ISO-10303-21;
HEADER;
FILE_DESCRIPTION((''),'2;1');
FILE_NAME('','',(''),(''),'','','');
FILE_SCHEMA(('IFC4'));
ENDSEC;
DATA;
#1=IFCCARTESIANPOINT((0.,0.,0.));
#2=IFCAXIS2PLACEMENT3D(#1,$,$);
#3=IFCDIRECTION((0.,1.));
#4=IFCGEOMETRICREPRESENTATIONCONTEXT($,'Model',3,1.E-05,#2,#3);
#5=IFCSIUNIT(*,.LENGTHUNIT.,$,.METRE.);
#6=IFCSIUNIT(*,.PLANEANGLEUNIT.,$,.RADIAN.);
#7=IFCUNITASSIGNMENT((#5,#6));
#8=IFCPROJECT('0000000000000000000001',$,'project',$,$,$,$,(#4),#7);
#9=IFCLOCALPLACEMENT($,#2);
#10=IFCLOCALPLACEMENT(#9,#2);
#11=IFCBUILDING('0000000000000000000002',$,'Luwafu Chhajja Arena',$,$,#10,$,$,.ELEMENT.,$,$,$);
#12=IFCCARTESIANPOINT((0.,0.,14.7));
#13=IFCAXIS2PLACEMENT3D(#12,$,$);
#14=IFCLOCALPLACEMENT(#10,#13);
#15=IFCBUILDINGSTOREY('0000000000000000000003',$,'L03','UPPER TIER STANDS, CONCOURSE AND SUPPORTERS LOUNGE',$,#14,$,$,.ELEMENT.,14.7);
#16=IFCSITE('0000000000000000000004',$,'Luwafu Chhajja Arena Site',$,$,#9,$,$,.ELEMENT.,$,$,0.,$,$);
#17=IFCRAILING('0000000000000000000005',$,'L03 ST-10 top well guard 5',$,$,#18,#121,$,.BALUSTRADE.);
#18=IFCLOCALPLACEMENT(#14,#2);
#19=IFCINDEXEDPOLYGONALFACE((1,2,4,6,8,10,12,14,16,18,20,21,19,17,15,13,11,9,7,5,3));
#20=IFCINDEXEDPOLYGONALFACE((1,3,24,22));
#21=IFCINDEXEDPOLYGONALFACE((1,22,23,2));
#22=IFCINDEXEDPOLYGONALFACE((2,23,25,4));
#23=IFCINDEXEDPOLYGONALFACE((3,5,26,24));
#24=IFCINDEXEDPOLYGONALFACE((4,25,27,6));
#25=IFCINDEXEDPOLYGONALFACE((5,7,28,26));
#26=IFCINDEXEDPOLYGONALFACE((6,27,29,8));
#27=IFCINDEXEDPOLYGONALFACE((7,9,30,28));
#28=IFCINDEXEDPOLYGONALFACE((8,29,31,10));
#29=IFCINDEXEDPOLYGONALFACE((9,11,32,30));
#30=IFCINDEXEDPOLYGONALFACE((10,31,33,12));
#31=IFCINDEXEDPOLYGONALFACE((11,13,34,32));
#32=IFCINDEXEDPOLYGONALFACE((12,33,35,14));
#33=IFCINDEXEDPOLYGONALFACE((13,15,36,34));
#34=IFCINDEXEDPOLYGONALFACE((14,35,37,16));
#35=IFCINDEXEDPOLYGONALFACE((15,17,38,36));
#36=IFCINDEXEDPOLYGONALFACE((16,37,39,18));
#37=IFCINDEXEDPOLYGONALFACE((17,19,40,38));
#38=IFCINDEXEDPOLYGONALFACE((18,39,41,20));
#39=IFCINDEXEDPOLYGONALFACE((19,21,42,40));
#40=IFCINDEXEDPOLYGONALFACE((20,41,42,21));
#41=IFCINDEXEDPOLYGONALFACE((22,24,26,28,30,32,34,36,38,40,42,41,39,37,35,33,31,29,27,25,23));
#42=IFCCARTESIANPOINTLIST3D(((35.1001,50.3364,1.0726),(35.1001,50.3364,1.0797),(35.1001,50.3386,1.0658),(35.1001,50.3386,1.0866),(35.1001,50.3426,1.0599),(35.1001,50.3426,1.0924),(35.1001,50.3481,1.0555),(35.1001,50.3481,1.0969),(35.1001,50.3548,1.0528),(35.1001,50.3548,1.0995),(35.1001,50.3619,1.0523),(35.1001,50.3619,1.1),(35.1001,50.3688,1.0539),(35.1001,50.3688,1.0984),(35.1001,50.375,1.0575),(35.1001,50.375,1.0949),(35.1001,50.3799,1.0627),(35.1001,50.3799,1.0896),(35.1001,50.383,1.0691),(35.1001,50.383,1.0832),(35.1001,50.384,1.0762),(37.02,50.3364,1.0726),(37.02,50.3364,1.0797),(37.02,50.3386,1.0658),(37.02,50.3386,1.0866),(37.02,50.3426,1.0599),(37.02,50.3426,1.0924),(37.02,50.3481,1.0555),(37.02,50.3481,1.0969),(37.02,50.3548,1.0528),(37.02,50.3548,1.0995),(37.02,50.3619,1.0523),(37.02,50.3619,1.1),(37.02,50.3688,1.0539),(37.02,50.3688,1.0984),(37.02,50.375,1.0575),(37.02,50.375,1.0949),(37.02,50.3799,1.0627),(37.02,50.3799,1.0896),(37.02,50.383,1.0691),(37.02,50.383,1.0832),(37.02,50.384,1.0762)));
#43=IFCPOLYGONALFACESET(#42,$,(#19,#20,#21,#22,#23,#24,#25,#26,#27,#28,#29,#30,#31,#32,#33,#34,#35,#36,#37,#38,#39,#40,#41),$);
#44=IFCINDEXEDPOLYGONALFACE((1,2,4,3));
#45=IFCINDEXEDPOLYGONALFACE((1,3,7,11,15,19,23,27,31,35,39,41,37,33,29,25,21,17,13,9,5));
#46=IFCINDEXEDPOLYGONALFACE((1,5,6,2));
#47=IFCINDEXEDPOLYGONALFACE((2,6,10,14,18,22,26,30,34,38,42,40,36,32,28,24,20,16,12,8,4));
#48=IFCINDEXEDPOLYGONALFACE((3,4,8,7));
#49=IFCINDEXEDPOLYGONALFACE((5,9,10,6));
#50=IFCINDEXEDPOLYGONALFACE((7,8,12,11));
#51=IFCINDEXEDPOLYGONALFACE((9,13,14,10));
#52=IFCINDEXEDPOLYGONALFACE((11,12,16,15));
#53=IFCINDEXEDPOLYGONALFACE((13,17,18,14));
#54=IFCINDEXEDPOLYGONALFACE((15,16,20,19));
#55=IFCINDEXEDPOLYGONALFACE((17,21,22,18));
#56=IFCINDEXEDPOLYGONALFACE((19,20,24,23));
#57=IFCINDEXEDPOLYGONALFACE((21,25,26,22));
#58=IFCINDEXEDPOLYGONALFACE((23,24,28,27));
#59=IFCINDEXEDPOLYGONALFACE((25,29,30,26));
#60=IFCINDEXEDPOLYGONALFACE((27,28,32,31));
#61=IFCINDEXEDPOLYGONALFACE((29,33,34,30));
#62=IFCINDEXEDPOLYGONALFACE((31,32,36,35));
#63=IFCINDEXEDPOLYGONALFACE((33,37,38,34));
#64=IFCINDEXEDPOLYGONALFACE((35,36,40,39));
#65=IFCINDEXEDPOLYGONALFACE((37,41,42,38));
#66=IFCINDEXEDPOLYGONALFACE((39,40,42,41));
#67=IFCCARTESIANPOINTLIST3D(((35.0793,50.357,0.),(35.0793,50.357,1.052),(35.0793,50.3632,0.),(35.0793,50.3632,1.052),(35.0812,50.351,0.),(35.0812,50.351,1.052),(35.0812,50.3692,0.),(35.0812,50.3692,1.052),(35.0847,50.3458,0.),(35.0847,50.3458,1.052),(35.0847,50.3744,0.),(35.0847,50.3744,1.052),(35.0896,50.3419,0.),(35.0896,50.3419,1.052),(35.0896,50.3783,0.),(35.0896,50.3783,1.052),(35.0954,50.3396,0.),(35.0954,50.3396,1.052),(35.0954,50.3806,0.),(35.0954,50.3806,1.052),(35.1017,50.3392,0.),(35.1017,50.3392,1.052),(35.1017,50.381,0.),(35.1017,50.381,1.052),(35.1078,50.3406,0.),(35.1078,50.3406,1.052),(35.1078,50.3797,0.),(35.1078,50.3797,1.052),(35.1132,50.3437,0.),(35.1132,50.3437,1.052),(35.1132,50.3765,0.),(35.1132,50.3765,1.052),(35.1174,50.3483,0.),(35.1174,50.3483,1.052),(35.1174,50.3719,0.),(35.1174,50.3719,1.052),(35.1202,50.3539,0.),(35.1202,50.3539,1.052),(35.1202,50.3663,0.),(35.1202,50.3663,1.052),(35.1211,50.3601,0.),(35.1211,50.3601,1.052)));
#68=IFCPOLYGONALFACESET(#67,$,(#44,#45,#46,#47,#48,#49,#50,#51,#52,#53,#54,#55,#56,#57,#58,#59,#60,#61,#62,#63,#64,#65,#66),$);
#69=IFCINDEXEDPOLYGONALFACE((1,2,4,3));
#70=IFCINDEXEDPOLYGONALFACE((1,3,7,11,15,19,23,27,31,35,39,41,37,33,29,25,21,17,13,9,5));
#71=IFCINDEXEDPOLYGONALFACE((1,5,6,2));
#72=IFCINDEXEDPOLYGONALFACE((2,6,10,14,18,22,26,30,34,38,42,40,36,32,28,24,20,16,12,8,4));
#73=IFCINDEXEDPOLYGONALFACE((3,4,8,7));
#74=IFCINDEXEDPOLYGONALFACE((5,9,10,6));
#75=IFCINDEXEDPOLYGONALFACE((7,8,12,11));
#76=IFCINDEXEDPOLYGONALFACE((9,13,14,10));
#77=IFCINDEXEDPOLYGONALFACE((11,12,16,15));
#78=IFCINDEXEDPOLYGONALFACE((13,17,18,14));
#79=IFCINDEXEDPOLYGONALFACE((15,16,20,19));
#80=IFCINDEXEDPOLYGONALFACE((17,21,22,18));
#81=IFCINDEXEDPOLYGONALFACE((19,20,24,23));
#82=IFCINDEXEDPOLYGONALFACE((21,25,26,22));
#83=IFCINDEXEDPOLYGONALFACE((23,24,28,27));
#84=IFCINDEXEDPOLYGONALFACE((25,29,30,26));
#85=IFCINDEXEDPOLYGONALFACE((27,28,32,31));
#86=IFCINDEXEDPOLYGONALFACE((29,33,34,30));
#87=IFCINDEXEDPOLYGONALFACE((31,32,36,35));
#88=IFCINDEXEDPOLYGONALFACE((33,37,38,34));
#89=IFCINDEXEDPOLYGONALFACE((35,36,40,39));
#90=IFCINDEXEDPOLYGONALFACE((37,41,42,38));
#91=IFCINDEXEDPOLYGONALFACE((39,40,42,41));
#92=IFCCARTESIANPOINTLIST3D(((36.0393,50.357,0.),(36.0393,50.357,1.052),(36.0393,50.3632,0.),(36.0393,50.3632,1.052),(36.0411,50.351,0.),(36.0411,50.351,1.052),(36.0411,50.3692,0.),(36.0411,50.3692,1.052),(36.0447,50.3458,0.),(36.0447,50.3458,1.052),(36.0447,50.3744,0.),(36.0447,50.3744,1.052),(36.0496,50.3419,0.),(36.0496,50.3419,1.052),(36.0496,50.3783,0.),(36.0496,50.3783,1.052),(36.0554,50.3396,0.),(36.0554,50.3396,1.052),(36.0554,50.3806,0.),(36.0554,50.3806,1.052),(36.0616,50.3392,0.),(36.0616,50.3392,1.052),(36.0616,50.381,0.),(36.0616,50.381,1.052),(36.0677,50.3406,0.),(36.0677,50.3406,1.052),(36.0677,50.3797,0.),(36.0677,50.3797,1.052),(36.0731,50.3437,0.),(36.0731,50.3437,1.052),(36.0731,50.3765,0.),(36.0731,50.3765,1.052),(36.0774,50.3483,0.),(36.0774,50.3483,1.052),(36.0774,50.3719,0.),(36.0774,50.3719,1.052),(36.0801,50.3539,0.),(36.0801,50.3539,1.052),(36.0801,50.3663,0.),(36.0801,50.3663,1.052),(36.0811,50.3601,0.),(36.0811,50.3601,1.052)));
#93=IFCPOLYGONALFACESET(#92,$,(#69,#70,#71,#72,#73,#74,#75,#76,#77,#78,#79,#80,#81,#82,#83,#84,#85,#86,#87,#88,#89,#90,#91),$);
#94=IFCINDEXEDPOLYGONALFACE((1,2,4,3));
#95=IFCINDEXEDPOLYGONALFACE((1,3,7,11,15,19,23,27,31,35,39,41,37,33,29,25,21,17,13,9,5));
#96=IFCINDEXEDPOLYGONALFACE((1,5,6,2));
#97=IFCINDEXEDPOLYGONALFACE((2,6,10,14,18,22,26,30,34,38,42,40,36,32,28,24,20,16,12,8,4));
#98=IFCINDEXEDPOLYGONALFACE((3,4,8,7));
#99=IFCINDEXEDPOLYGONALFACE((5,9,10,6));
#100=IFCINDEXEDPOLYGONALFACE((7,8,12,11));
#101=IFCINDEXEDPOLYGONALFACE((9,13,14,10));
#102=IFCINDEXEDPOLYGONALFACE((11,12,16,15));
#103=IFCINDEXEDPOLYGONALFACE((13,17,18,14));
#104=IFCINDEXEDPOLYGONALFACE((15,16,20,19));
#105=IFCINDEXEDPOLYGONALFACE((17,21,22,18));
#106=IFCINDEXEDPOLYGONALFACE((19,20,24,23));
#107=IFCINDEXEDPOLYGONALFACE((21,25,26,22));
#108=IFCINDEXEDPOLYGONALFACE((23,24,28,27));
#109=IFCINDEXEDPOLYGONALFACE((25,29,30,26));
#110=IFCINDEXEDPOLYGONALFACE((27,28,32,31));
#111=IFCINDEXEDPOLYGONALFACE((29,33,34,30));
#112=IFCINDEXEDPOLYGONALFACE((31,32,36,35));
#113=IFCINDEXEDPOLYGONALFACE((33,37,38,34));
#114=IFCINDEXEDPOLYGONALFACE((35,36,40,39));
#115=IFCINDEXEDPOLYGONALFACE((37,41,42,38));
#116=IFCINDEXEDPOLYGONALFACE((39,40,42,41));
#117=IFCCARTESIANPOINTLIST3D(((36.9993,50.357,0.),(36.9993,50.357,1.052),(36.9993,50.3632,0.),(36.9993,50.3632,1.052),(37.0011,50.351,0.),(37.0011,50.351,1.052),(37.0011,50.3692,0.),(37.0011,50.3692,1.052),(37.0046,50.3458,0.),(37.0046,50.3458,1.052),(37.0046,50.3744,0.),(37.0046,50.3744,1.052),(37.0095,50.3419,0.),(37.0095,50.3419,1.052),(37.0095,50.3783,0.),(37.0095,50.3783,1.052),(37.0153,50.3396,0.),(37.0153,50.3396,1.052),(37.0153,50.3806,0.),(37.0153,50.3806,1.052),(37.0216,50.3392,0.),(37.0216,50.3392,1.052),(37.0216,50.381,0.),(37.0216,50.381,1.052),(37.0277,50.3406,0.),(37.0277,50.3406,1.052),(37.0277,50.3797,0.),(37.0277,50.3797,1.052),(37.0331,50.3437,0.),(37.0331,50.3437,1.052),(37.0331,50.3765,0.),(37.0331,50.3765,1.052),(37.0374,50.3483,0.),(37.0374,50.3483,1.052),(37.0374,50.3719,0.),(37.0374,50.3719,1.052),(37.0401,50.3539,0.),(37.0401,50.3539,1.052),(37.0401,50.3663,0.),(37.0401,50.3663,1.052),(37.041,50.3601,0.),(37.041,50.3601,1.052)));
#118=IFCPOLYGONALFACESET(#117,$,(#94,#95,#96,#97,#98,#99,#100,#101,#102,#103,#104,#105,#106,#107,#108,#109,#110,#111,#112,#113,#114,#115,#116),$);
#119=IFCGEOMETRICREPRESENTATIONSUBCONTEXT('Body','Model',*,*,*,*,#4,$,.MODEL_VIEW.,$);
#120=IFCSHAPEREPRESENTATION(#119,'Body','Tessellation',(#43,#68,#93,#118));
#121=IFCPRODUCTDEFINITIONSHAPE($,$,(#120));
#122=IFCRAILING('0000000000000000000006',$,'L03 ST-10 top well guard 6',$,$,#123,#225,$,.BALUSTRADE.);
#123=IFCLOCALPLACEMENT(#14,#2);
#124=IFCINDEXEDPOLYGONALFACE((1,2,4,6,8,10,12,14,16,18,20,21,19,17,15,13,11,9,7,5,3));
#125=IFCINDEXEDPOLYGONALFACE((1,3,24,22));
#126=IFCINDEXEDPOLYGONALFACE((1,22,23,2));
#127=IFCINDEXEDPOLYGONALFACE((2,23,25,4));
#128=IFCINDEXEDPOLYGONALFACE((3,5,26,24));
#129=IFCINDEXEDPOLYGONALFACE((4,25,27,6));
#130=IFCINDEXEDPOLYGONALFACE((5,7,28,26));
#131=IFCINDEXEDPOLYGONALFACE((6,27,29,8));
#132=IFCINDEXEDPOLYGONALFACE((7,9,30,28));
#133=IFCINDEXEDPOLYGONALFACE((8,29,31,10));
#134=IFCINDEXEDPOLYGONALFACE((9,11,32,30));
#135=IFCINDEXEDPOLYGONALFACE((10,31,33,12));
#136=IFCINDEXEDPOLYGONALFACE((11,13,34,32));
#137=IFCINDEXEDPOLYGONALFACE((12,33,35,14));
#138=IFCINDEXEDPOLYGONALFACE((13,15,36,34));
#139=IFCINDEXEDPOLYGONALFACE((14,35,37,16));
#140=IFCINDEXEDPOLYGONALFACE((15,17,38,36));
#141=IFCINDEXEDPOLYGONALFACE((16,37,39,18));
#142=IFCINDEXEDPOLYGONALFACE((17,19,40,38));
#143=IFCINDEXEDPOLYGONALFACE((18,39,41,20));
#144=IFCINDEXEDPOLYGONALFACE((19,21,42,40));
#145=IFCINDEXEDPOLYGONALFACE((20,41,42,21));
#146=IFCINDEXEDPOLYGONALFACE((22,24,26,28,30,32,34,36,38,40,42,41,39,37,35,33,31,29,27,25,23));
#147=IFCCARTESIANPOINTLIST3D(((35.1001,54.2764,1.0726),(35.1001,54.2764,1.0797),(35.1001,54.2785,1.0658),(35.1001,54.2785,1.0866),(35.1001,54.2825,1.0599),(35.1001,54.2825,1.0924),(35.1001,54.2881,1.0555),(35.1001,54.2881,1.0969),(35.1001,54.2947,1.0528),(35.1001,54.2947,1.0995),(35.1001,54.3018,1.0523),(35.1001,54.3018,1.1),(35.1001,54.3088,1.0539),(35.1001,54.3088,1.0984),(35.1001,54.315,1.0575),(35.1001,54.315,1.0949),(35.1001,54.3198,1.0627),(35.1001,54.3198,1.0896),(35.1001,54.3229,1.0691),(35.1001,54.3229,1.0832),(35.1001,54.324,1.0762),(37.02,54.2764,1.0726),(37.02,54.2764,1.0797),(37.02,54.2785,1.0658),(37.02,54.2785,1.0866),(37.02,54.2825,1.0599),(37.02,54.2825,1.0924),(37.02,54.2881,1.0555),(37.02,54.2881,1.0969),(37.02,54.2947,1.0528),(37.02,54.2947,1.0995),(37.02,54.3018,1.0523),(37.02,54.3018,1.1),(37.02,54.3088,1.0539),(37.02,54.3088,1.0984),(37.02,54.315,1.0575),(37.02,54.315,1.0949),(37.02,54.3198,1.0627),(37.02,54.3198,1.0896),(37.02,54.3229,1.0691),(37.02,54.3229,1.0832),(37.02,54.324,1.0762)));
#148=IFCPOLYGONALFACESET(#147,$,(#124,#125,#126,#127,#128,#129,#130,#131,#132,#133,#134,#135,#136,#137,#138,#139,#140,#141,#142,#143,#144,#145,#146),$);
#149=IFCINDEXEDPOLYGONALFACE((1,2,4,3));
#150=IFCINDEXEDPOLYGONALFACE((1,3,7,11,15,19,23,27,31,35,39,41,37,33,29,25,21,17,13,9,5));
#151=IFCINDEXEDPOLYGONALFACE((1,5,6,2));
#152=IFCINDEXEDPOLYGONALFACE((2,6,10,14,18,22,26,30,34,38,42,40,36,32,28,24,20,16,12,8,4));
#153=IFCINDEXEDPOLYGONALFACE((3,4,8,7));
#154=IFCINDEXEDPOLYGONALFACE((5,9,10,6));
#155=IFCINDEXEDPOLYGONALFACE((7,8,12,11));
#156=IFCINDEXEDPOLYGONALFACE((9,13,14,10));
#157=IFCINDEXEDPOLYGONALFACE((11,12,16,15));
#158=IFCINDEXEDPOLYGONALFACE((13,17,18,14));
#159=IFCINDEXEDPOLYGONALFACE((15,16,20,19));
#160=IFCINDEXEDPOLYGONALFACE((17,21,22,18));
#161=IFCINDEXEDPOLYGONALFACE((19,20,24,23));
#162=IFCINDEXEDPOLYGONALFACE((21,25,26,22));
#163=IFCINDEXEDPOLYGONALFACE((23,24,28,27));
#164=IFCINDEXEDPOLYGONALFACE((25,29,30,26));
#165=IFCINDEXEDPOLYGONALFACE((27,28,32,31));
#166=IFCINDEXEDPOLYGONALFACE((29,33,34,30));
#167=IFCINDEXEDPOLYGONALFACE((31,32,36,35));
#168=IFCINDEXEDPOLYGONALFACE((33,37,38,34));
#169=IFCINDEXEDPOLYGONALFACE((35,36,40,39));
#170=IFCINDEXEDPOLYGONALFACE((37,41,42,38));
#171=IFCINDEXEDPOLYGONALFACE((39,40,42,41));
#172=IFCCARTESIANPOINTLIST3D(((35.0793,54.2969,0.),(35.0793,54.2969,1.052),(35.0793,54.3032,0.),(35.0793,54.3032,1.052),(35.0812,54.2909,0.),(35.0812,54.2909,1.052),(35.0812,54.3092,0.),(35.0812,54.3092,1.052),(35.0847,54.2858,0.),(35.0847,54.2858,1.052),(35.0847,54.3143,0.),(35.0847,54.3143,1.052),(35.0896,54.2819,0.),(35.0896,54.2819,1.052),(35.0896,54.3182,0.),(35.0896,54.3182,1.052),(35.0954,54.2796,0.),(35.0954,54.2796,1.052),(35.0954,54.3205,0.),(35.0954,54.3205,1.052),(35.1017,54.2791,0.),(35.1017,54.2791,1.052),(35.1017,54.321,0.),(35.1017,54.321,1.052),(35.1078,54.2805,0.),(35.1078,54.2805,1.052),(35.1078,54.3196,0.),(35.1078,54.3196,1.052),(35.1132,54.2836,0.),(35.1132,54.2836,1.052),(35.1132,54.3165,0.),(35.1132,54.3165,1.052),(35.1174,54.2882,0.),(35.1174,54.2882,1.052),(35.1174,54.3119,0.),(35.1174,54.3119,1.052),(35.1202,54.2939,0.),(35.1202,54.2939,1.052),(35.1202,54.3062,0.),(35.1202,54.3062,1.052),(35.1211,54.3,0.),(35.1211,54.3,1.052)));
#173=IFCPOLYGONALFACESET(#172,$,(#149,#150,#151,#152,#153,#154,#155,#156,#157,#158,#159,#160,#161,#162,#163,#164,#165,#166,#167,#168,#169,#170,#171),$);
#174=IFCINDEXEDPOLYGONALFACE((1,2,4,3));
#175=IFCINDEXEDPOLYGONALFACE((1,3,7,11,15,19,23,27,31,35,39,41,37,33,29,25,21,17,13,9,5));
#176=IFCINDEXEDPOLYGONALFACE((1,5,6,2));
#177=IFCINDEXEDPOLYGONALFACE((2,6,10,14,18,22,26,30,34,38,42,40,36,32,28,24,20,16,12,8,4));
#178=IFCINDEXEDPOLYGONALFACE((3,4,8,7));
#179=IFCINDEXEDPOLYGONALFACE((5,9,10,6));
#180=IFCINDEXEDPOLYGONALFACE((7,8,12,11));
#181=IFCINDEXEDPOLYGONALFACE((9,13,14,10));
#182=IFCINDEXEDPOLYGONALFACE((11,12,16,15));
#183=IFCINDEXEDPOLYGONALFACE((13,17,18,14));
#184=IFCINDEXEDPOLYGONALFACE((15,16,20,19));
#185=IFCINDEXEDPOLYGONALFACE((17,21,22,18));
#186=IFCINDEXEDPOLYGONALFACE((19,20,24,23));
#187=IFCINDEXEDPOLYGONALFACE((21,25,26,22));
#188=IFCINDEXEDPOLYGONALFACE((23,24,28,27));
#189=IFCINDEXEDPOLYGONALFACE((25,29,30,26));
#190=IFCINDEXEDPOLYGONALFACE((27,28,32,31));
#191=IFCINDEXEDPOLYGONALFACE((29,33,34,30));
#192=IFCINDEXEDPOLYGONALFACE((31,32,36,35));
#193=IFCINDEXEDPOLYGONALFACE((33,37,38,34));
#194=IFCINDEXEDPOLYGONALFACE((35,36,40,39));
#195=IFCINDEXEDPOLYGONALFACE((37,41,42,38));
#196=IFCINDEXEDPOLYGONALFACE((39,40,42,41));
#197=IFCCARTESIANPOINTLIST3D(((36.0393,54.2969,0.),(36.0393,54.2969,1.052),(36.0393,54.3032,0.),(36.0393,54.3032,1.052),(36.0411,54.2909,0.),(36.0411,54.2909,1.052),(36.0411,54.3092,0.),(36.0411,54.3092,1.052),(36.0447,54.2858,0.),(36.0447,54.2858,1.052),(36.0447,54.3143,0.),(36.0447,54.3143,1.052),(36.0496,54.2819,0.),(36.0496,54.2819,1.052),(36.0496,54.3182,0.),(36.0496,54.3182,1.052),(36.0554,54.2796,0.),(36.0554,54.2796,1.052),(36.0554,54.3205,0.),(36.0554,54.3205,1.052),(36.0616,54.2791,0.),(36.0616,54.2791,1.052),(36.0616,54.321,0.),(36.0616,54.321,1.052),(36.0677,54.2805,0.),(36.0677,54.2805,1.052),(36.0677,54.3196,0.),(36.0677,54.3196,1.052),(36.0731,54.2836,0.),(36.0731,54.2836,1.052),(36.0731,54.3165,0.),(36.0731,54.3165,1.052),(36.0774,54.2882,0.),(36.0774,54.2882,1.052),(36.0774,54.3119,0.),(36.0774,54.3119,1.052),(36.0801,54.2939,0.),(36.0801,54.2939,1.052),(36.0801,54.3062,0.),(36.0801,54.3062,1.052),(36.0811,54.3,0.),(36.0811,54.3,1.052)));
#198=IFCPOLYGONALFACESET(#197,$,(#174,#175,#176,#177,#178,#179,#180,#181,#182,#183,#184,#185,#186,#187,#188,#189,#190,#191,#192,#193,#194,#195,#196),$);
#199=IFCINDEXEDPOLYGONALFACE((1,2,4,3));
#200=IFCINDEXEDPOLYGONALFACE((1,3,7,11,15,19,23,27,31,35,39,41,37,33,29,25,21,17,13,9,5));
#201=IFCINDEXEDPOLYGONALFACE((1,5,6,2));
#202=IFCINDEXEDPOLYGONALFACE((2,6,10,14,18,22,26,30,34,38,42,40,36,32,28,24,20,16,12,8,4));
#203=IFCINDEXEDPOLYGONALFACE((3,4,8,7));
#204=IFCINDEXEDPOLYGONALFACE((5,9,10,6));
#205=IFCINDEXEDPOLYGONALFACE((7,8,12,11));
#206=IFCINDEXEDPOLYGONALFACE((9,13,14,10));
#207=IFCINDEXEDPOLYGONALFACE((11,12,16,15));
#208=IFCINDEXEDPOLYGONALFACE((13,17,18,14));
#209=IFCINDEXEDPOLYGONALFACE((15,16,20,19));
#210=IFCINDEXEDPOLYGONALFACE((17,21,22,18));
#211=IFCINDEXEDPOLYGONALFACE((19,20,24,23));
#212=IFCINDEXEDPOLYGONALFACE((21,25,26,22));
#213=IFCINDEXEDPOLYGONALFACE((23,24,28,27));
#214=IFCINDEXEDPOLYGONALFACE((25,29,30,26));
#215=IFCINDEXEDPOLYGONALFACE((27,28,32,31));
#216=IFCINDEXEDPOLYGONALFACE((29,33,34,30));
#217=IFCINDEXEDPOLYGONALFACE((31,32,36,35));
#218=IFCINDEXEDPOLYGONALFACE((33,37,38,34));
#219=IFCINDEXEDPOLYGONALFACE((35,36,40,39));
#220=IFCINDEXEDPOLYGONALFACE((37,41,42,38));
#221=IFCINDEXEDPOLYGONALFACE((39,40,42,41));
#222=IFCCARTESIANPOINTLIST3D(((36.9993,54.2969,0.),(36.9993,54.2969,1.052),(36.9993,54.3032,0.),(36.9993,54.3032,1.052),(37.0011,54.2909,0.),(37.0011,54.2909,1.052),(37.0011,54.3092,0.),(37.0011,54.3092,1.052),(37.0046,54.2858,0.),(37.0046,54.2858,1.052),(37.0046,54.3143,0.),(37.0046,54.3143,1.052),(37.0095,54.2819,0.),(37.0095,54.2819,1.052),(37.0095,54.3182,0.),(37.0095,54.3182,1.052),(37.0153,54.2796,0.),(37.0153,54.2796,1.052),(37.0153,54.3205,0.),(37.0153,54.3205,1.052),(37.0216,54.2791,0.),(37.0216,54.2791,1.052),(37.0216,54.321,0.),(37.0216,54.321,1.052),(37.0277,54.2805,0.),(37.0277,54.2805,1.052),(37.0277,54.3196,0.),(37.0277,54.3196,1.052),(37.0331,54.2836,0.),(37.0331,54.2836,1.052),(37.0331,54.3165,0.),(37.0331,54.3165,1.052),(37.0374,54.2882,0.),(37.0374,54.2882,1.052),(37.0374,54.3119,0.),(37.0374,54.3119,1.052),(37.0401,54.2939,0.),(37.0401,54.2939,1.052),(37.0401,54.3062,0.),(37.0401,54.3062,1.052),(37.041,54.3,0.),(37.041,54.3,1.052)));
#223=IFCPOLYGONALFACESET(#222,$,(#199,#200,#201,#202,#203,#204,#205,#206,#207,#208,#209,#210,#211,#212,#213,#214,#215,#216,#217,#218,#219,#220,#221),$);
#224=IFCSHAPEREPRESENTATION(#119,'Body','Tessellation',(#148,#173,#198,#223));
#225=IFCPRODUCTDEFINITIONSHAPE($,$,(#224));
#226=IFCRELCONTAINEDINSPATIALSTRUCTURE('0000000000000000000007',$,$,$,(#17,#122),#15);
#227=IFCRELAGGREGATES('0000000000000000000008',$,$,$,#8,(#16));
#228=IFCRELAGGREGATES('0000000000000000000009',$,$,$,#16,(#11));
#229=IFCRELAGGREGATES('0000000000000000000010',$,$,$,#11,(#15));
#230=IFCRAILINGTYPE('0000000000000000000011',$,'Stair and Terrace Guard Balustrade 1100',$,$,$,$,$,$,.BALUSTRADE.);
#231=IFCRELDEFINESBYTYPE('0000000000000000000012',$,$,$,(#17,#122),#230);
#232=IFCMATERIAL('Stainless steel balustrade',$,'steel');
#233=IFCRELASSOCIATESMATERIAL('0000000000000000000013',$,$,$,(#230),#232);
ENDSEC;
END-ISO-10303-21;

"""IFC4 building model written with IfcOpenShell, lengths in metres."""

from ifc_helpers import new_model, si_unit, direction, frame, origin, origin_2d, place, context, subcontext, project, spatial, circle, extrude, material, type_object, element, save


model = new_model("IFC4")

# Units and contexts
model_context = context("Model", 3, precision=1e-05, world=origin(), true_north=direction((0.0, 1.0)))
body_context = subcontext(model_context, "Body", "Model", "MODEL_VIEW")
ifc_project = project(units=[si_unit("LENGTHUNIT", "METRE"), si_unit("PLANEANGLEUNIT", "RADIAN")], contexts=[model_context])

# Site, building, storey
site_placement = place(None, origin())
site = spatial("IfcSite", under=ifc_project, at=site_placement, Name="Luwafu Chhajja Arena Site", CompositionType="ELEMENT", RefElevation=0.0)
building_placement = place(site_placement, origin())
building = spatial("IfcBuilding", under=site, at=building_placement, Name="Luwafu Chhajja Arena", CompositionType="ELEMENT")
storey_placement = place(building_placement, frame((0.0, 0.0, 14.7)))
storey = spatial("IfcBuildingStorey", under=building, at=storey_placement, Name="L03", Description="UPPER TIER STANDS, CONCOURSE AND SUPPORTERS LOUNGE", CompositionType="ELEMENT", Elevation=14.7)

# Railings
ifc_material_1 = material(Name="Stainless steel balustrade", Category="steel")
railing_type = type_object("IfcRailingType", Name="Stair and Terrace Guard Balustrade 1100", PredefinedType="BALUSTRADE", material=ifc_material_1)
for number, where, name in (
    (1, (35.1001, 50.3601, 0.0), "L03 ST-10 top well guard 5"),
    (2, (35.1001, 54.3, 0.0), "L03 ST-10 top well guard 6"),
):
    element("IfcRailing", number, at=place(storey_placement, frame(where)), inside=storey, type_object=railing_type, Name=name, PredefinedType="BALUSTRADE", context=body_context, shape_type="SweptSolid", body=[
        extrude(circle(Radius=0.0239, at=origin_2d()), frame((0.0, 0.0, 1.0762), z_axis=(1.0, 0.0, 0.0), x_axis=(0.0, 1.0, 0.0)), (0.0, 0.0, 1.0), 1.9199),
        extrude(circle(Radius=0.021, at=origin_2d()), origin(), (0.0, 0.0, 1.0), 1.052),
        extrude(circle(Radius=0.021, at=origin_2d()), frame((0.96, 0.0, 0.0)), (0.0, 0.0, 1.0), 1.052),
        extrude(circle(Radius=0.021, at=origin_2d()), frame((1.9199, 0.0, 0.0)), (0.0, 0.0, 1.0), 1.052),
    ])

save(model, "model.ifc")
